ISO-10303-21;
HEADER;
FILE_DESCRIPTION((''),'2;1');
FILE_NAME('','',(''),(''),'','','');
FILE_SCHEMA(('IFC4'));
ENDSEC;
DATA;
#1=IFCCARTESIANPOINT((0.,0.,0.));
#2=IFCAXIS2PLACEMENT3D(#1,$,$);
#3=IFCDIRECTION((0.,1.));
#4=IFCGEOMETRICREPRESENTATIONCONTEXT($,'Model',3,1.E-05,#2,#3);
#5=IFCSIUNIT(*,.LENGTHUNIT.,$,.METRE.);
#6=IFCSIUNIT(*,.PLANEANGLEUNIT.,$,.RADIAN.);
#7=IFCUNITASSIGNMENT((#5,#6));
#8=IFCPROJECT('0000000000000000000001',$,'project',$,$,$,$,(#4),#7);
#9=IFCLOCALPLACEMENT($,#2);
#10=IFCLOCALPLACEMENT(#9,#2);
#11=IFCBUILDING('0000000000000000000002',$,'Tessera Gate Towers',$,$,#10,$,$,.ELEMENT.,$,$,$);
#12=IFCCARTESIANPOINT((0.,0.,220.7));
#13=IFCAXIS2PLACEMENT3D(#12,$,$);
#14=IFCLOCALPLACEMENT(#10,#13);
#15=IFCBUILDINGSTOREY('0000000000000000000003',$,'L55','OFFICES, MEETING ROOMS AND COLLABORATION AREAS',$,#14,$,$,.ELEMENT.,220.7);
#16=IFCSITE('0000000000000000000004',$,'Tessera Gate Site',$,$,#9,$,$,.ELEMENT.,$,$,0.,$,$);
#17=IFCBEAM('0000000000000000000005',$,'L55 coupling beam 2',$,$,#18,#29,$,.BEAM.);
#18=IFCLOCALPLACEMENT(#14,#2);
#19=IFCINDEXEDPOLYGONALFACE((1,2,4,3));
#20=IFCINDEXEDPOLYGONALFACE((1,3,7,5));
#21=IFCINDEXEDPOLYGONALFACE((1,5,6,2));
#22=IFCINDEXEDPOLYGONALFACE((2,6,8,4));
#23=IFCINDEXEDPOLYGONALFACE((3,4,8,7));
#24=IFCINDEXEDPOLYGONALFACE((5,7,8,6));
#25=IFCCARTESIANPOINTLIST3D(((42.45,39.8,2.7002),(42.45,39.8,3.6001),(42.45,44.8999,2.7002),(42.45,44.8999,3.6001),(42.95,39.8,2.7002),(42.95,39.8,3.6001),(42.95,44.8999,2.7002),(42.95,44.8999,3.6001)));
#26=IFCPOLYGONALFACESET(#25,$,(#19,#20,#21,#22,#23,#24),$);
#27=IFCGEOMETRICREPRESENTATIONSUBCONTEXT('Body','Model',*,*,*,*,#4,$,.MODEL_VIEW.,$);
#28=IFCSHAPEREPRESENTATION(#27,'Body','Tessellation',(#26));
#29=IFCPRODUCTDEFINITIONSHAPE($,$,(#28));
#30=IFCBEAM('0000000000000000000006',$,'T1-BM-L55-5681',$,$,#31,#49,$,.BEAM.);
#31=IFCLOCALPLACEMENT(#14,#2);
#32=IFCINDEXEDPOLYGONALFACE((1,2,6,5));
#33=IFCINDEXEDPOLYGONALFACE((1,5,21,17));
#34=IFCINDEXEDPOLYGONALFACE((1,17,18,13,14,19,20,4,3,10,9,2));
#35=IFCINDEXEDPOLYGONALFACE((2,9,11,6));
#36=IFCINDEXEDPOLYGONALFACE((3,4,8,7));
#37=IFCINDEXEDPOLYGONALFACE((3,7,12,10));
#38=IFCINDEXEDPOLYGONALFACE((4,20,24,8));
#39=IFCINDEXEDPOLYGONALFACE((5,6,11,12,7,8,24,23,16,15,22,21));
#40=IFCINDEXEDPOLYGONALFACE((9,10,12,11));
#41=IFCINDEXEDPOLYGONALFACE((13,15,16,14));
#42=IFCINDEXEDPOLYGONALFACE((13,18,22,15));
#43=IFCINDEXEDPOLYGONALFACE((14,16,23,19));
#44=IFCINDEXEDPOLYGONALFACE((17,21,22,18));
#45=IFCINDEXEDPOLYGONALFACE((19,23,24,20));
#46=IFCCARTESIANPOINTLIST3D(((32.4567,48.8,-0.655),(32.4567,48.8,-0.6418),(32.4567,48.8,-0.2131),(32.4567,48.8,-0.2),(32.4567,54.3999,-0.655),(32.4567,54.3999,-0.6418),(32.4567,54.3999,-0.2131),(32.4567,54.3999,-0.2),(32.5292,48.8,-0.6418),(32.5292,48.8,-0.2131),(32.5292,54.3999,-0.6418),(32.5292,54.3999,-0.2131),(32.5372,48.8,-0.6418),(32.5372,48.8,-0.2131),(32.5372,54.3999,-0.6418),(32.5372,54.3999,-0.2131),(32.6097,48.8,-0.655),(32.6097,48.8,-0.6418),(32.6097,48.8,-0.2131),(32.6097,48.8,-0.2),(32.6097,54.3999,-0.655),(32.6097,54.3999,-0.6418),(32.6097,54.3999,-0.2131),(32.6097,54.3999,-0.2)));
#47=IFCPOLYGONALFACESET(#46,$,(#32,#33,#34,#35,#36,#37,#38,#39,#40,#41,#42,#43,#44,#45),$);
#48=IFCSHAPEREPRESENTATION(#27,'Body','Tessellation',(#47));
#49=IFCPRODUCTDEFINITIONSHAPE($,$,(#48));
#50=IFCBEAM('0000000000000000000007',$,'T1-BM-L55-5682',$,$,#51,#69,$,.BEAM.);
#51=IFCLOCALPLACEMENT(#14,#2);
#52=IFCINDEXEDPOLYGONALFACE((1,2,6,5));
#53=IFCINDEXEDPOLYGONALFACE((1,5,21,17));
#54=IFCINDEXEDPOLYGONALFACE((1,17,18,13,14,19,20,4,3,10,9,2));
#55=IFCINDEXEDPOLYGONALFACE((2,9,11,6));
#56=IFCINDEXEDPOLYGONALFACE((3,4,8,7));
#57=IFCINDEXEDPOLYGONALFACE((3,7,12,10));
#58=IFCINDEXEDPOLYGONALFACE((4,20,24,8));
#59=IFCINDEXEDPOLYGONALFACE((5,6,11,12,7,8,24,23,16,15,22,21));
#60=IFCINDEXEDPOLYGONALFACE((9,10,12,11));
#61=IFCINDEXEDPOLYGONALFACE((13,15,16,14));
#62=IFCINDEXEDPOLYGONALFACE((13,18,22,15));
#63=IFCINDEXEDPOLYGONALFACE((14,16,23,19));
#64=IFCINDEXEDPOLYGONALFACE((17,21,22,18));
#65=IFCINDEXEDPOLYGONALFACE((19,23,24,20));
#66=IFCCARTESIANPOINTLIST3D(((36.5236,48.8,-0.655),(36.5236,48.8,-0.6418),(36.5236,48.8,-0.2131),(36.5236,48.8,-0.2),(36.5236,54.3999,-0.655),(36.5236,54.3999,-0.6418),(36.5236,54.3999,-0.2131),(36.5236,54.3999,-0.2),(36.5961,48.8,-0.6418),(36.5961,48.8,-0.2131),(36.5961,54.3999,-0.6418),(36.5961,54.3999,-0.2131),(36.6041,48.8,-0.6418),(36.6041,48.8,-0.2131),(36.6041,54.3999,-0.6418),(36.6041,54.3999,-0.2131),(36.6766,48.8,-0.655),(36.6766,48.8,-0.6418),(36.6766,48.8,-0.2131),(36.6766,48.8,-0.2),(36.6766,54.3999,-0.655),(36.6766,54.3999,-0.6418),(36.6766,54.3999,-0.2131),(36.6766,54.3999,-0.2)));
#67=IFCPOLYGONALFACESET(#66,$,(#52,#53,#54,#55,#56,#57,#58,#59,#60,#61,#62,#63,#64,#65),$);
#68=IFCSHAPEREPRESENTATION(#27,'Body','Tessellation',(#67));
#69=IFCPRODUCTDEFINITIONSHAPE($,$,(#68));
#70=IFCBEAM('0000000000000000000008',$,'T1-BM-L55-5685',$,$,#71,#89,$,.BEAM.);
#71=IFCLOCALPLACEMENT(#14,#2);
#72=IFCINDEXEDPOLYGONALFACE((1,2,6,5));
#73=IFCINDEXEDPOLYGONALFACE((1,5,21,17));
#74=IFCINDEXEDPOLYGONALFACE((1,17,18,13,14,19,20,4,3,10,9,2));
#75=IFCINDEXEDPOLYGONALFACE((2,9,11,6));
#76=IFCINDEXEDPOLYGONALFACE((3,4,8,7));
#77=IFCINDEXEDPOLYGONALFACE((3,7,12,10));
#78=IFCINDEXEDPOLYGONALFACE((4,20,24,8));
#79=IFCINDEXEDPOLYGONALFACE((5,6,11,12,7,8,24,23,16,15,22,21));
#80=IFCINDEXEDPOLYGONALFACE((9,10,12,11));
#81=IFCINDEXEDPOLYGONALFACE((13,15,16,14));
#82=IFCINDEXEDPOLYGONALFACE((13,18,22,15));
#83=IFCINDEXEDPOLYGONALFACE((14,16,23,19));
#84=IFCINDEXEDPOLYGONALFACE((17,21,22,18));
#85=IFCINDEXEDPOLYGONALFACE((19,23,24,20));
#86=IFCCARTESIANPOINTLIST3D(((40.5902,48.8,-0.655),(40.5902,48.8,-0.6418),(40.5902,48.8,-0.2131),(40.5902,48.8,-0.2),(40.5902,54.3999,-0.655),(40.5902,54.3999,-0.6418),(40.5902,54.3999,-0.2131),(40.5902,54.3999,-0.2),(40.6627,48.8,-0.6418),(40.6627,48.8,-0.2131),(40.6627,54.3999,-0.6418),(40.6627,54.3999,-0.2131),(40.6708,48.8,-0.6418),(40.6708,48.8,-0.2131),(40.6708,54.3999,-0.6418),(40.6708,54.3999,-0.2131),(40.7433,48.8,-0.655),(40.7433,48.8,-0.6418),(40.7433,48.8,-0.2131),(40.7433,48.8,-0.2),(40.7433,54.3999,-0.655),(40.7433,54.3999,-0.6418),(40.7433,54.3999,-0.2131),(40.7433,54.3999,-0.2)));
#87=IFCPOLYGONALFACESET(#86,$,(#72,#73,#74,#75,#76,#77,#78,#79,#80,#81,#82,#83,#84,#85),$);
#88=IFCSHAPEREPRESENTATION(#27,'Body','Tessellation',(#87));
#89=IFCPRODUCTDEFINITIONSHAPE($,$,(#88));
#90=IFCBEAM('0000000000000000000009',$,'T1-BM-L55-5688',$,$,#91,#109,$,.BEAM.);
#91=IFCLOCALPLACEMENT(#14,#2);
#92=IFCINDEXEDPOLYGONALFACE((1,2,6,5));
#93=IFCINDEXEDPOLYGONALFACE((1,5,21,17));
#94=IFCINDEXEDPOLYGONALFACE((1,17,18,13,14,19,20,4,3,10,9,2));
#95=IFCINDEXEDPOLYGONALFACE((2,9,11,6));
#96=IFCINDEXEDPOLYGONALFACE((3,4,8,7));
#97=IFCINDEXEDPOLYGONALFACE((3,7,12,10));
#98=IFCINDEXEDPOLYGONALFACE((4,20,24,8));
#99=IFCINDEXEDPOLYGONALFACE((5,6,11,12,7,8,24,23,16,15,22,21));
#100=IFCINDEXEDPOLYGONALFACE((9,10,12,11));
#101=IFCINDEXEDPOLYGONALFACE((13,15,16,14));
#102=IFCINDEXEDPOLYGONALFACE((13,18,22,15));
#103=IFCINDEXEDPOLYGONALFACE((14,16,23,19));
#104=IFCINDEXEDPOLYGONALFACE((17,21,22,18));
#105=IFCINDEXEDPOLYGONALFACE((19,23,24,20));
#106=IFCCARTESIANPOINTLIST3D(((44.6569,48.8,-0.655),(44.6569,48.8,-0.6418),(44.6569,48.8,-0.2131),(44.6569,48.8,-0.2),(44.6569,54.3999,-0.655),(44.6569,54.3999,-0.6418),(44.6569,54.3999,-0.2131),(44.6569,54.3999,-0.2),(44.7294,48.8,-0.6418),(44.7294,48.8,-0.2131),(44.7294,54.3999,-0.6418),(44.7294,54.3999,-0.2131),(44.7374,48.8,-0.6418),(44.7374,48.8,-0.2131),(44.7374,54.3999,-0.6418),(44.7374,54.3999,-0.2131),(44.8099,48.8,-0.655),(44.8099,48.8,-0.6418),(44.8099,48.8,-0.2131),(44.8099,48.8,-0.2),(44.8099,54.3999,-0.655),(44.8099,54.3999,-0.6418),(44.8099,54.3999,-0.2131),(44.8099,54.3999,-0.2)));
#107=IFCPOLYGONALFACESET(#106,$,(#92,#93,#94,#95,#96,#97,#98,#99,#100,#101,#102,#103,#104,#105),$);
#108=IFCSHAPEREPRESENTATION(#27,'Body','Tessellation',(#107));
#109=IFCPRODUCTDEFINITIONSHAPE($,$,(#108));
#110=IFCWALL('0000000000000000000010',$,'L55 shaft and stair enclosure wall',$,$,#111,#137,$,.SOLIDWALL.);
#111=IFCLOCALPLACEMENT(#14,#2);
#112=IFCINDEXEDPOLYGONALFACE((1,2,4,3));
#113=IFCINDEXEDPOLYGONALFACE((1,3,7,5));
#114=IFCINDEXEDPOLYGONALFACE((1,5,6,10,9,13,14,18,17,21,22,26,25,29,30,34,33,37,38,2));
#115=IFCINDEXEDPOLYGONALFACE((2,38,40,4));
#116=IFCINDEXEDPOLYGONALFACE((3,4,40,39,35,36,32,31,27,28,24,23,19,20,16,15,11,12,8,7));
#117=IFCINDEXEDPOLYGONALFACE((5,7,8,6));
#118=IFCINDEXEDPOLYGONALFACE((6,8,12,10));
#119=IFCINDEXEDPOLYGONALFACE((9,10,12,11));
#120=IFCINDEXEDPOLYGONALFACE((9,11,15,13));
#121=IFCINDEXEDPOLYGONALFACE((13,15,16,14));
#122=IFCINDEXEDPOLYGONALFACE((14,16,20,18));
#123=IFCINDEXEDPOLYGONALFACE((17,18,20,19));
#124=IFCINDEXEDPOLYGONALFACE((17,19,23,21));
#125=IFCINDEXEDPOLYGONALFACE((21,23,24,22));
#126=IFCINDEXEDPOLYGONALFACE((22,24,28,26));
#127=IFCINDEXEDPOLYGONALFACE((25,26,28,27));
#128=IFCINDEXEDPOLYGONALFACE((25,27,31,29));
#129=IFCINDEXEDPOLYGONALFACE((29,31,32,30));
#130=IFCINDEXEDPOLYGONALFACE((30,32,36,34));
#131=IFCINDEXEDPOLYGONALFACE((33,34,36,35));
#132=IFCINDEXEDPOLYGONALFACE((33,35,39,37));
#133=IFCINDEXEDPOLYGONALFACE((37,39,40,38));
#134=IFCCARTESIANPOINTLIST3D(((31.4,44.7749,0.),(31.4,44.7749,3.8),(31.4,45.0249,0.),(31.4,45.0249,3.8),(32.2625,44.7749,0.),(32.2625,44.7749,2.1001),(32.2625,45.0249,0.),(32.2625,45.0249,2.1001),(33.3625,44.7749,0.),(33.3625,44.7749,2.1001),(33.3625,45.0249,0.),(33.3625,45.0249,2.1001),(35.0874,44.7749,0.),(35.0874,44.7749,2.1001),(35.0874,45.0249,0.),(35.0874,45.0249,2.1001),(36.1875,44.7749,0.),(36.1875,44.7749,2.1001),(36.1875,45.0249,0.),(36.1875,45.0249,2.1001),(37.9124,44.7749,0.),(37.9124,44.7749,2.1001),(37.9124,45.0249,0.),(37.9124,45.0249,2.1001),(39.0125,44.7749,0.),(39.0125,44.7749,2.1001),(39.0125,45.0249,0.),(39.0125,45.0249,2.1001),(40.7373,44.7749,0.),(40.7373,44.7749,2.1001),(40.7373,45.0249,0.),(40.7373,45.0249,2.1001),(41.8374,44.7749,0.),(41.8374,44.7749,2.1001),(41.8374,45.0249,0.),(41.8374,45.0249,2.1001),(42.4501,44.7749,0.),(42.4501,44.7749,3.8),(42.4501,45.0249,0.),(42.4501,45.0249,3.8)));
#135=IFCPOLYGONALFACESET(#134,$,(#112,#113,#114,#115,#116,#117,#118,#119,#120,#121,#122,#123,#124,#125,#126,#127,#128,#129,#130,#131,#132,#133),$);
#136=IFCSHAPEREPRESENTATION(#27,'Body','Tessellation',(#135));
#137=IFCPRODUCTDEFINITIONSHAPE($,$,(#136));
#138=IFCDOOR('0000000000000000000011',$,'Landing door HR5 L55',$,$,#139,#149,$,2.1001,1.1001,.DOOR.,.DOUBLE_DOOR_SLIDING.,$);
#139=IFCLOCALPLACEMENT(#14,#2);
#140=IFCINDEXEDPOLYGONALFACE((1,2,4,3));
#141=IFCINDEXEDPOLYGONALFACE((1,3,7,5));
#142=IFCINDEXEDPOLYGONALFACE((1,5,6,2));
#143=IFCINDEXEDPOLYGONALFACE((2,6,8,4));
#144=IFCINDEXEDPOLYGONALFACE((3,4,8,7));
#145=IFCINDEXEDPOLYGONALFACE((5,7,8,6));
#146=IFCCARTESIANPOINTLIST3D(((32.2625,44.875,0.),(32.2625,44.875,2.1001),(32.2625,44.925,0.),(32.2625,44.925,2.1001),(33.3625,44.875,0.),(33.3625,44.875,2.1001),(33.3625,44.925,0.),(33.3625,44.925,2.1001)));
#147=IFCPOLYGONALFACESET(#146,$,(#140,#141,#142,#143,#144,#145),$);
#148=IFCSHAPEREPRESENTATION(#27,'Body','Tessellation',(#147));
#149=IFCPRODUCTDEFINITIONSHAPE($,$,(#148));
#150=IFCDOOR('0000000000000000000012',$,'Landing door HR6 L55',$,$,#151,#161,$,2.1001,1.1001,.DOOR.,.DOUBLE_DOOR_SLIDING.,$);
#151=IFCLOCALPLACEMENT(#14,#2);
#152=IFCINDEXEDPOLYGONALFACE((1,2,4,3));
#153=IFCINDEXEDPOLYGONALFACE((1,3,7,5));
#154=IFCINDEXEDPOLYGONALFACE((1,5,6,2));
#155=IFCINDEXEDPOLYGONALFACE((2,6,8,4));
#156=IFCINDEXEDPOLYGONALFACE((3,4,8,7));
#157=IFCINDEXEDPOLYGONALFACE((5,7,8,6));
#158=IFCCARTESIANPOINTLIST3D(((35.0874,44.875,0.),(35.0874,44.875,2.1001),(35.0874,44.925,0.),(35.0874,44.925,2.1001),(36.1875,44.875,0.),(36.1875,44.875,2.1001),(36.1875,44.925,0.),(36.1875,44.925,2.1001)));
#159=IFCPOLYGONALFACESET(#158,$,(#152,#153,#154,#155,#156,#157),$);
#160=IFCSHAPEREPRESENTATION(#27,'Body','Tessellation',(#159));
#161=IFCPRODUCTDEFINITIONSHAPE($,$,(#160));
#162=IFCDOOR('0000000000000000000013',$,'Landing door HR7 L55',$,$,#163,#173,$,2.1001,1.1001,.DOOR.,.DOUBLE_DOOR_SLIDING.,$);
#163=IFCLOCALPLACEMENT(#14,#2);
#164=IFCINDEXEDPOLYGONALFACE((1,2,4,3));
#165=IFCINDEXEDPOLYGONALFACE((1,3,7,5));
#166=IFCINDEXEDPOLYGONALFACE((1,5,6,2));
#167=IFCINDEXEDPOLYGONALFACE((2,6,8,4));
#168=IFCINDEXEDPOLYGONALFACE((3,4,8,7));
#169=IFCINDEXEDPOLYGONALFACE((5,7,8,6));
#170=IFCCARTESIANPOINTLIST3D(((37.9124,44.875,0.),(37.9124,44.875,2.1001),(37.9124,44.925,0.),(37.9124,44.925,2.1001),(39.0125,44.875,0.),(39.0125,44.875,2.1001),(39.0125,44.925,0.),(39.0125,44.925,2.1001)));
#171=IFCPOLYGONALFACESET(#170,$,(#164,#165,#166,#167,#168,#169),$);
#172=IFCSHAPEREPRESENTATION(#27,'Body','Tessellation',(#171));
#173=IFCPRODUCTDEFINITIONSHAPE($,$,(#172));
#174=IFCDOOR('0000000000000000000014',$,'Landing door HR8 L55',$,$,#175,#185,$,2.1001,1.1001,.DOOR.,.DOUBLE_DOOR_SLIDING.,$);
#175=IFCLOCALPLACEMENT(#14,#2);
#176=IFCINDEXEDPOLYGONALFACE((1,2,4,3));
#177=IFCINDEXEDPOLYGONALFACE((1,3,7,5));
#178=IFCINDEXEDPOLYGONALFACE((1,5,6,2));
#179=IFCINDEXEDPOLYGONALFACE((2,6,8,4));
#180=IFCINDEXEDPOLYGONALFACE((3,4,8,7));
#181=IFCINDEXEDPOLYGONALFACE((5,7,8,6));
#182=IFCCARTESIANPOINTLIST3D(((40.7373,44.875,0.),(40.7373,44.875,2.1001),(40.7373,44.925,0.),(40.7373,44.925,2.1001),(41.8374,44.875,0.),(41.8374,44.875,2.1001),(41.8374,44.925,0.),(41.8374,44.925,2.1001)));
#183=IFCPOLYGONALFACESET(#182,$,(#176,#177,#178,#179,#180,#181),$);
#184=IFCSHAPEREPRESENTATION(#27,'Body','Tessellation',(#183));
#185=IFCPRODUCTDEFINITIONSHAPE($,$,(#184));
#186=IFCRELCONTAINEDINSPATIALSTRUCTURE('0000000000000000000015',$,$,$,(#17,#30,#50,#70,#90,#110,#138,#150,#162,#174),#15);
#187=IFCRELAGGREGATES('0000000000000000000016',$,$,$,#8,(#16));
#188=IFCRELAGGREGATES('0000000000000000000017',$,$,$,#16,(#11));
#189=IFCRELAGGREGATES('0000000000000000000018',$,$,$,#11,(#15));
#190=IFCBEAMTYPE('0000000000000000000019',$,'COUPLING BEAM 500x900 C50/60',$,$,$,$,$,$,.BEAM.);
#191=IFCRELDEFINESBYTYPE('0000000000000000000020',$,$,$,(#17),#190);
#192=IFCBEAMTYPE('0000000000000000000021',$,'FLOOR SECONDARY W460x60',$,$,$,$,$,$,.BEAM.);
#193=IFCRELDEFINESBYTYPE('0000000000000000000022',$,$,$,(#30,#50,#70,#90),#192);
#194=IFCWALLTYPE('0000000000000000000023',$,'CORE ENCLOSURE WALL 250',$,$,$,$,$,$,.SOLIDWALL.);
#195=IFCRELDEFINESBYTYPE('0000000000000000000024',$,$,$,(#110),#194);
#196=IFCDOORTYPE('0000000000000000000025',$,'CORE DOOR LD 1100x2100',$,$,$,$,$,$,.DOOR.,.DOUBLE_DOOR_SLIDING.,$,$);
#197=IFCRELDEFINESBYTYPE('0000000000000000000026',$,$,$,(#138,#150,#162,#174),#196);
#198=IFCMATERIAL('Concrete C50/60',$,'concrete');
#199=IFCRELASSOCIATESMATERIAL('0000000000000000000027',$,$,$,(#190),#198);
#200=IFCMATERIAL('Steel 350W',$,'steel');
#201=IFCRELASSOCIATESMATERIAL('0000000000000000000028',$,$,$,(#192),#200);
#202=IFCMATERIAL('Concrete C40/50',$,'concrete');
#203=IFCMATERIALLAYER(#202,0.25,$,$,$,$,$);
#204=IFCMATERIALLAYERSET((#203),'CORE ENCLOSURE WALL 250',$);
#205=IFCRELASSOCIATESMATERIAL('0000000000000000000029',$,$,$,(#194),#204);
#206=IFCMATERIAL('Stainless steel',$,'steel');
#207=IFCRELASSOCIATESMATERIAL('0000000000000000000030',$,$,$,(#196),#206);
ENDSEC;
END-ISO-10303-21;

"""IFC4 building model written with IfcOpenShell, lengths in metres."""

from ifc_helpers import new_model, si_unit, direction, frame, frame_2d, origin, origin_2d, place, context, subcontext, project, spatial, rectangle, i_section, extrude, source, transform, mapped, material, layer, layer_set, material_profile, profile_set, type_object, element, fill, save


model = new_model("IFC4")

# Units and contexts
model_context = context("Model", 3, precision=1e-05, world=origin(), true_north=direction((0.0, 1.0)))
body_context = subcontext(model_context, "Body", "Model", "MODEL_VIEW")
ifc_project = project(units=[si_unit("LENGTHUNIT", "METRE"), si_unit("PLANEANGLEUNIT", "RADIAN")], contexts=[model_context])

# Site, building, storey
site_placement = place(None, origin())
site = spatial("IfcSite", under=ifc_project, at=site_placement, Name="Tessera Gate Site", CompositionType="ELEMENT", RefElevation=0.0)
building_placement = place(site_placement, origin())
building = spatial("IfcBuilding", under=site, at=building_placement, Name="Tessera Gate Towers", CompositionType="ELEMENT")
storey_placement = place(building_placement, frame((0.0, 0.0, 220.7)))
storey = spatial("IfcBuildingStorey", under=building, at=storey_placement, Name="L55", Description="OFFICES, MEETING ROOMS AND COLLABORATION AREAS", CompositionType="ELEMENT", Elevation=220.7)

# Beams
ifc_material_1 = material(Name="Concrete C50/60", Category="concrete")
ifc_material_profile_1 = material_profile(ifc_material_1, rectangle(XDim=0.5, YDim=0.8999, at=origin_2d()), Name="RC 500x900")
ifc_profile_set_1 = profile_set([ifc_material_profile_1], Name="Concrete C50/60")
beam_type_1 = type_object("IfcBeamType", Name="COUPLING BEAM 500x900 C50/60", PredefinedType="BEAM", material=ifc_profile_set_1)
beam_placement = place(storey_placement, frame((42.7, 39.8, 3.1501), z_axis=(0.0, 1.0, 0.0), x_axis=(-1.0, 0.0, 0.0)))
element("IfcBeam", 1, at=beam_placement, inside=storey, type_object=beam_type_1, Name="L55 coupling beam 2", PredefinedType="BEAM", context=body_context, shape_type="SweptSolid", body=[
    extrude(rectangle(XDim=0.5, YDim=0.8999, at=origin_2d()), origin(), (0.0, 0.0, 1.0), 5.0999),
])
ifc_material_2 = material(Name="Steel 350W", Category="steel")
ifc_material_profile_2 = material_profile(ifc_material_2, i_section(OverallWidth=0.1531, OverallDepth=0.4551, WebThickness=0.0081, FlangeThickness=0.0132, at=origin_2d()), Name="W460x60")
ifc_profile_set_2 = profile_set([ifc_material_profile_2], Name="Steel 350W")
beam_type_2 = type_object("IfcBeamType", Name="FLOOR SECONDARY W460x60", PredefinedType="BEAM", material=ifc_profile_set_2)
for number, where, z_axis, x_axis, name in (
    (2, (32.5332, 48.8, -0.4275), (0.0, 1.0, 0.0), (-1.0, 0.0, 0.0), "T1-BM-L55-5681"),
    (3, (36.6001, 48.8, -0.4275), (0.0, 1.0, 0.0), (-1.0, 0.0, 0.0), "T1-BM-L55-5682"),
    (4, (40.6667, 48.8, -0.4275), (0.0, 1.0, 0.0), (-1.0, 0.0, 0.0), "T1-BM-L55-5685"),
    (5, (44.7334, 48.8, -0.4275), (0.0, 1.0, 0.0), (-1.0, 0.0, 0.0), "T1-BM-L55-5688"),
):
    element("IfcBeam", number, at=place(storey_placement, frame(where, z_axis=z_axis, x_axis=x_axis)), inside=storey, type_object=beam_type_2, Name=name, PredefinedType="BEAM", context=body_context, shape_type="SweptSolid", body=[
        extrude(i_section(OverallWidth=0.1531, OverallDepth=0.4551, WebThickness=0.0081, FlangeThickness=0.0132, at=origin_2d()), origin(), (0.0, 0.0, 1.0), 5.5999),
    ])

# Wall, openings, doors
ifc_material_3 = material(Name="Concrete C40/50", Category="concrete")
ifc_layer_1 = layer(ifc_material_3, 0.25)
ifc_layer_set_1 = layer_set([ifc_layer_1], Name="CORE ENCLOSURE WALL 250")
wall_type_1 = type_object("IfcWallType", Name="CORE ENCLOSURE WALL 250", PredefinedType="SOLIDWALL", material=ifc_layer_set_1)
wall_1_placement = place(storey_placement, frame((42.45, 44.8999, 0.0), z_axis=(0.0, 0.0, 1.0), x_axis=(-1.0, 0.0, 0.0)))
wall_1 = element("IfcWall", 6, at=wall_1_placement, inside=storey, type_object=wall_type_1, Name="L55 shaft and stair enclosure wall", PredefinedType="SOLIDWALL", context=body_context, shape_type="SweptSolid", body=[
    extrude(rectangle(XDim=11.05, YDim=0.25, at=frame_2d((5.5249, 0.0))), origin(), (0.0, 0.0, 1.0), 3.8),
])
shared_shape_1 = source(origin(), body_context, "Body", "SweptSolid", [
    extrude(rectangle(XDim=1.1001, YDim=2.1001, at=frame_2d((0.55, 1.05))), frame((0.0, 0.135, 0.0), z_axis=(0.0, -1.0, 0.0), x_axis=(1.0, 0.0, 0.0)), (0.0, 0.0, 1.0), 0.27),
])
opening_1_placement = place(wall_1_placement, frame((9.0874, 0.0, 0.0)))
opening_1 = element("IfcOpeningElement", 7, at=opening_1_placement, cuts=wall_1, PredefinedType="OPENING", context=body_context, shape_type="MappedRepresentation", body=[
    mapped(shared_shape_1, transform((0.0, 0.0, 0.0), scale=1.0)),
])
opening_2_placement = place(wall_1_placement, frame((6.2625, 0.0, 0.0)))
opening_2 = element("IfcOpeningElement", 8, at=opening_2_placement, cuts=wall_1, PredefinedType="OPENING", context=body_context, shape_type="MappedRepresentation", body=[
    mapped(shared_shape_1, transform((0.0, 0.0, 0.0), scale=1.0)),
])
opening_3_placement = place(wall_1_placement, frame((3.4375, 0.0, 0.0)))
opening_3 = element("IfcOpeningElement", 9, at=opening_3_placement, cuts=wall_1, PredefinedType="OPENING", context=body_context, shape_type="MappedRepresentation", body=[
    mapped(shared_shape_1, transform((0.0, 0.0, 0.0), scale=1.0)),
])
opening_4_placement = place(wall_1_placement, frame((0.6125, 0.0, 0.0)))
opening_4 = element("IfcOpeningElement", 10, at=opening_4_placement, cuts=wall_1, PredefinedType="OPENING", context=body_context, shape_type="MappedRepresentation", body=[
    mapped(shared_shape_1, transform((0.0, 0.0, 0.0), scale=1.0)),
])
ifc_material_4 = material(Name="Stainless steel", Category="steel")
door_type_1 = type_object("IfcDoorType", Name="CORE DOOR LD 1100x2100", OperationType="DOUBLE_DOOR_SLIDING", PredefinedType="DOOR", material=ifc_material_4)
shared_shape_2 = source(origin(), body_context, "Body", "SweptSolid", [
    extrude(rectangle(XDim=1.1001, YDim=2.1001, at=frame_2d((0.55, 1.05))), frame((0.0, 0.0249, 0.0), z_axis=(0.0, -1.0, 0.0), x_axis=(1.0, 0.0, 0.0)), (0.0, 0.0, 1.0), 0.05),
])
door_1_placement = place(opening_1_placement, origin())
door_1 = element("IfcDoor", 11, at=door_1_placement, inside=storey, type_object=door_type_1, Name="Landing door HR5 L55", OperationType="DOUBLE_DOOR_SLIDING", OverallHeight=2.1001, OverallWidth=1.1001, PredefinedType="DOOR", context=body_context, shape_type="MappedRepresentation", body=[
    mapped(shared_shape_2, transform((0.0, 0.0, 0.0), scale=1.0)),
])
fill(opening_1, door_1)
door_2_placement = place(opening_2_placement, origin())
door_2 = element("IfcDoor", 12, at=door_2_placement, inside=storey, type_object=door_type_1, Name="Landing door HR6 L55", OperationType="DOUBLE_DOOR_SLIDING", OverallHeight=2.1001, OverallWidth=1.1001, PredefinedType="DOOR", context=body_context, shape_type="MappedRepresentation", body=[
    mapped(shared_shape_2, transform((0.0, 0.0, 0.0), scale=1.0)),
])
fill(opening_2, door_2)
door_3_placement = place(opening_3_placement, origin())
door_3 = element("IfcDoor", 13, at=door_3_placement, inside=storey, type_object=door_type_1, Name="Landing door HR7 L55", OperationType="DOUBLE_DOOR_SLIDING", OverallHeight=2.1001, OverallWidth=1.1001, PredefinedType="DOOR", context=body_context, shape_type="MappedRepresentation", body=[
    mapped(shared_shape_2, transform((0.0, 0.0, 0.0), scale=1.0)),
])
fill(opening_3, door_3)
door_4_placement = place(opening_4_placement, origin())
door_4 = element("IfcDoor", 14, at=door_4_placement, inside=storey, type_object=door_type_1, Name="Landing door HR8 L55", OperationType="DOUBLE_DOOR_SLIDING", OverallHeight=2.1001, OverallWidth=1.1001, PredefinedType="DOOR", context=body_context, shape_type="MappedRepresentation", body=[
    mapped(shared_shape_2, transform((0.0, 0.0, 0.0), scale=1.0)),
])
fill(opening_4, door_4)

save(model, "model.ifc")
